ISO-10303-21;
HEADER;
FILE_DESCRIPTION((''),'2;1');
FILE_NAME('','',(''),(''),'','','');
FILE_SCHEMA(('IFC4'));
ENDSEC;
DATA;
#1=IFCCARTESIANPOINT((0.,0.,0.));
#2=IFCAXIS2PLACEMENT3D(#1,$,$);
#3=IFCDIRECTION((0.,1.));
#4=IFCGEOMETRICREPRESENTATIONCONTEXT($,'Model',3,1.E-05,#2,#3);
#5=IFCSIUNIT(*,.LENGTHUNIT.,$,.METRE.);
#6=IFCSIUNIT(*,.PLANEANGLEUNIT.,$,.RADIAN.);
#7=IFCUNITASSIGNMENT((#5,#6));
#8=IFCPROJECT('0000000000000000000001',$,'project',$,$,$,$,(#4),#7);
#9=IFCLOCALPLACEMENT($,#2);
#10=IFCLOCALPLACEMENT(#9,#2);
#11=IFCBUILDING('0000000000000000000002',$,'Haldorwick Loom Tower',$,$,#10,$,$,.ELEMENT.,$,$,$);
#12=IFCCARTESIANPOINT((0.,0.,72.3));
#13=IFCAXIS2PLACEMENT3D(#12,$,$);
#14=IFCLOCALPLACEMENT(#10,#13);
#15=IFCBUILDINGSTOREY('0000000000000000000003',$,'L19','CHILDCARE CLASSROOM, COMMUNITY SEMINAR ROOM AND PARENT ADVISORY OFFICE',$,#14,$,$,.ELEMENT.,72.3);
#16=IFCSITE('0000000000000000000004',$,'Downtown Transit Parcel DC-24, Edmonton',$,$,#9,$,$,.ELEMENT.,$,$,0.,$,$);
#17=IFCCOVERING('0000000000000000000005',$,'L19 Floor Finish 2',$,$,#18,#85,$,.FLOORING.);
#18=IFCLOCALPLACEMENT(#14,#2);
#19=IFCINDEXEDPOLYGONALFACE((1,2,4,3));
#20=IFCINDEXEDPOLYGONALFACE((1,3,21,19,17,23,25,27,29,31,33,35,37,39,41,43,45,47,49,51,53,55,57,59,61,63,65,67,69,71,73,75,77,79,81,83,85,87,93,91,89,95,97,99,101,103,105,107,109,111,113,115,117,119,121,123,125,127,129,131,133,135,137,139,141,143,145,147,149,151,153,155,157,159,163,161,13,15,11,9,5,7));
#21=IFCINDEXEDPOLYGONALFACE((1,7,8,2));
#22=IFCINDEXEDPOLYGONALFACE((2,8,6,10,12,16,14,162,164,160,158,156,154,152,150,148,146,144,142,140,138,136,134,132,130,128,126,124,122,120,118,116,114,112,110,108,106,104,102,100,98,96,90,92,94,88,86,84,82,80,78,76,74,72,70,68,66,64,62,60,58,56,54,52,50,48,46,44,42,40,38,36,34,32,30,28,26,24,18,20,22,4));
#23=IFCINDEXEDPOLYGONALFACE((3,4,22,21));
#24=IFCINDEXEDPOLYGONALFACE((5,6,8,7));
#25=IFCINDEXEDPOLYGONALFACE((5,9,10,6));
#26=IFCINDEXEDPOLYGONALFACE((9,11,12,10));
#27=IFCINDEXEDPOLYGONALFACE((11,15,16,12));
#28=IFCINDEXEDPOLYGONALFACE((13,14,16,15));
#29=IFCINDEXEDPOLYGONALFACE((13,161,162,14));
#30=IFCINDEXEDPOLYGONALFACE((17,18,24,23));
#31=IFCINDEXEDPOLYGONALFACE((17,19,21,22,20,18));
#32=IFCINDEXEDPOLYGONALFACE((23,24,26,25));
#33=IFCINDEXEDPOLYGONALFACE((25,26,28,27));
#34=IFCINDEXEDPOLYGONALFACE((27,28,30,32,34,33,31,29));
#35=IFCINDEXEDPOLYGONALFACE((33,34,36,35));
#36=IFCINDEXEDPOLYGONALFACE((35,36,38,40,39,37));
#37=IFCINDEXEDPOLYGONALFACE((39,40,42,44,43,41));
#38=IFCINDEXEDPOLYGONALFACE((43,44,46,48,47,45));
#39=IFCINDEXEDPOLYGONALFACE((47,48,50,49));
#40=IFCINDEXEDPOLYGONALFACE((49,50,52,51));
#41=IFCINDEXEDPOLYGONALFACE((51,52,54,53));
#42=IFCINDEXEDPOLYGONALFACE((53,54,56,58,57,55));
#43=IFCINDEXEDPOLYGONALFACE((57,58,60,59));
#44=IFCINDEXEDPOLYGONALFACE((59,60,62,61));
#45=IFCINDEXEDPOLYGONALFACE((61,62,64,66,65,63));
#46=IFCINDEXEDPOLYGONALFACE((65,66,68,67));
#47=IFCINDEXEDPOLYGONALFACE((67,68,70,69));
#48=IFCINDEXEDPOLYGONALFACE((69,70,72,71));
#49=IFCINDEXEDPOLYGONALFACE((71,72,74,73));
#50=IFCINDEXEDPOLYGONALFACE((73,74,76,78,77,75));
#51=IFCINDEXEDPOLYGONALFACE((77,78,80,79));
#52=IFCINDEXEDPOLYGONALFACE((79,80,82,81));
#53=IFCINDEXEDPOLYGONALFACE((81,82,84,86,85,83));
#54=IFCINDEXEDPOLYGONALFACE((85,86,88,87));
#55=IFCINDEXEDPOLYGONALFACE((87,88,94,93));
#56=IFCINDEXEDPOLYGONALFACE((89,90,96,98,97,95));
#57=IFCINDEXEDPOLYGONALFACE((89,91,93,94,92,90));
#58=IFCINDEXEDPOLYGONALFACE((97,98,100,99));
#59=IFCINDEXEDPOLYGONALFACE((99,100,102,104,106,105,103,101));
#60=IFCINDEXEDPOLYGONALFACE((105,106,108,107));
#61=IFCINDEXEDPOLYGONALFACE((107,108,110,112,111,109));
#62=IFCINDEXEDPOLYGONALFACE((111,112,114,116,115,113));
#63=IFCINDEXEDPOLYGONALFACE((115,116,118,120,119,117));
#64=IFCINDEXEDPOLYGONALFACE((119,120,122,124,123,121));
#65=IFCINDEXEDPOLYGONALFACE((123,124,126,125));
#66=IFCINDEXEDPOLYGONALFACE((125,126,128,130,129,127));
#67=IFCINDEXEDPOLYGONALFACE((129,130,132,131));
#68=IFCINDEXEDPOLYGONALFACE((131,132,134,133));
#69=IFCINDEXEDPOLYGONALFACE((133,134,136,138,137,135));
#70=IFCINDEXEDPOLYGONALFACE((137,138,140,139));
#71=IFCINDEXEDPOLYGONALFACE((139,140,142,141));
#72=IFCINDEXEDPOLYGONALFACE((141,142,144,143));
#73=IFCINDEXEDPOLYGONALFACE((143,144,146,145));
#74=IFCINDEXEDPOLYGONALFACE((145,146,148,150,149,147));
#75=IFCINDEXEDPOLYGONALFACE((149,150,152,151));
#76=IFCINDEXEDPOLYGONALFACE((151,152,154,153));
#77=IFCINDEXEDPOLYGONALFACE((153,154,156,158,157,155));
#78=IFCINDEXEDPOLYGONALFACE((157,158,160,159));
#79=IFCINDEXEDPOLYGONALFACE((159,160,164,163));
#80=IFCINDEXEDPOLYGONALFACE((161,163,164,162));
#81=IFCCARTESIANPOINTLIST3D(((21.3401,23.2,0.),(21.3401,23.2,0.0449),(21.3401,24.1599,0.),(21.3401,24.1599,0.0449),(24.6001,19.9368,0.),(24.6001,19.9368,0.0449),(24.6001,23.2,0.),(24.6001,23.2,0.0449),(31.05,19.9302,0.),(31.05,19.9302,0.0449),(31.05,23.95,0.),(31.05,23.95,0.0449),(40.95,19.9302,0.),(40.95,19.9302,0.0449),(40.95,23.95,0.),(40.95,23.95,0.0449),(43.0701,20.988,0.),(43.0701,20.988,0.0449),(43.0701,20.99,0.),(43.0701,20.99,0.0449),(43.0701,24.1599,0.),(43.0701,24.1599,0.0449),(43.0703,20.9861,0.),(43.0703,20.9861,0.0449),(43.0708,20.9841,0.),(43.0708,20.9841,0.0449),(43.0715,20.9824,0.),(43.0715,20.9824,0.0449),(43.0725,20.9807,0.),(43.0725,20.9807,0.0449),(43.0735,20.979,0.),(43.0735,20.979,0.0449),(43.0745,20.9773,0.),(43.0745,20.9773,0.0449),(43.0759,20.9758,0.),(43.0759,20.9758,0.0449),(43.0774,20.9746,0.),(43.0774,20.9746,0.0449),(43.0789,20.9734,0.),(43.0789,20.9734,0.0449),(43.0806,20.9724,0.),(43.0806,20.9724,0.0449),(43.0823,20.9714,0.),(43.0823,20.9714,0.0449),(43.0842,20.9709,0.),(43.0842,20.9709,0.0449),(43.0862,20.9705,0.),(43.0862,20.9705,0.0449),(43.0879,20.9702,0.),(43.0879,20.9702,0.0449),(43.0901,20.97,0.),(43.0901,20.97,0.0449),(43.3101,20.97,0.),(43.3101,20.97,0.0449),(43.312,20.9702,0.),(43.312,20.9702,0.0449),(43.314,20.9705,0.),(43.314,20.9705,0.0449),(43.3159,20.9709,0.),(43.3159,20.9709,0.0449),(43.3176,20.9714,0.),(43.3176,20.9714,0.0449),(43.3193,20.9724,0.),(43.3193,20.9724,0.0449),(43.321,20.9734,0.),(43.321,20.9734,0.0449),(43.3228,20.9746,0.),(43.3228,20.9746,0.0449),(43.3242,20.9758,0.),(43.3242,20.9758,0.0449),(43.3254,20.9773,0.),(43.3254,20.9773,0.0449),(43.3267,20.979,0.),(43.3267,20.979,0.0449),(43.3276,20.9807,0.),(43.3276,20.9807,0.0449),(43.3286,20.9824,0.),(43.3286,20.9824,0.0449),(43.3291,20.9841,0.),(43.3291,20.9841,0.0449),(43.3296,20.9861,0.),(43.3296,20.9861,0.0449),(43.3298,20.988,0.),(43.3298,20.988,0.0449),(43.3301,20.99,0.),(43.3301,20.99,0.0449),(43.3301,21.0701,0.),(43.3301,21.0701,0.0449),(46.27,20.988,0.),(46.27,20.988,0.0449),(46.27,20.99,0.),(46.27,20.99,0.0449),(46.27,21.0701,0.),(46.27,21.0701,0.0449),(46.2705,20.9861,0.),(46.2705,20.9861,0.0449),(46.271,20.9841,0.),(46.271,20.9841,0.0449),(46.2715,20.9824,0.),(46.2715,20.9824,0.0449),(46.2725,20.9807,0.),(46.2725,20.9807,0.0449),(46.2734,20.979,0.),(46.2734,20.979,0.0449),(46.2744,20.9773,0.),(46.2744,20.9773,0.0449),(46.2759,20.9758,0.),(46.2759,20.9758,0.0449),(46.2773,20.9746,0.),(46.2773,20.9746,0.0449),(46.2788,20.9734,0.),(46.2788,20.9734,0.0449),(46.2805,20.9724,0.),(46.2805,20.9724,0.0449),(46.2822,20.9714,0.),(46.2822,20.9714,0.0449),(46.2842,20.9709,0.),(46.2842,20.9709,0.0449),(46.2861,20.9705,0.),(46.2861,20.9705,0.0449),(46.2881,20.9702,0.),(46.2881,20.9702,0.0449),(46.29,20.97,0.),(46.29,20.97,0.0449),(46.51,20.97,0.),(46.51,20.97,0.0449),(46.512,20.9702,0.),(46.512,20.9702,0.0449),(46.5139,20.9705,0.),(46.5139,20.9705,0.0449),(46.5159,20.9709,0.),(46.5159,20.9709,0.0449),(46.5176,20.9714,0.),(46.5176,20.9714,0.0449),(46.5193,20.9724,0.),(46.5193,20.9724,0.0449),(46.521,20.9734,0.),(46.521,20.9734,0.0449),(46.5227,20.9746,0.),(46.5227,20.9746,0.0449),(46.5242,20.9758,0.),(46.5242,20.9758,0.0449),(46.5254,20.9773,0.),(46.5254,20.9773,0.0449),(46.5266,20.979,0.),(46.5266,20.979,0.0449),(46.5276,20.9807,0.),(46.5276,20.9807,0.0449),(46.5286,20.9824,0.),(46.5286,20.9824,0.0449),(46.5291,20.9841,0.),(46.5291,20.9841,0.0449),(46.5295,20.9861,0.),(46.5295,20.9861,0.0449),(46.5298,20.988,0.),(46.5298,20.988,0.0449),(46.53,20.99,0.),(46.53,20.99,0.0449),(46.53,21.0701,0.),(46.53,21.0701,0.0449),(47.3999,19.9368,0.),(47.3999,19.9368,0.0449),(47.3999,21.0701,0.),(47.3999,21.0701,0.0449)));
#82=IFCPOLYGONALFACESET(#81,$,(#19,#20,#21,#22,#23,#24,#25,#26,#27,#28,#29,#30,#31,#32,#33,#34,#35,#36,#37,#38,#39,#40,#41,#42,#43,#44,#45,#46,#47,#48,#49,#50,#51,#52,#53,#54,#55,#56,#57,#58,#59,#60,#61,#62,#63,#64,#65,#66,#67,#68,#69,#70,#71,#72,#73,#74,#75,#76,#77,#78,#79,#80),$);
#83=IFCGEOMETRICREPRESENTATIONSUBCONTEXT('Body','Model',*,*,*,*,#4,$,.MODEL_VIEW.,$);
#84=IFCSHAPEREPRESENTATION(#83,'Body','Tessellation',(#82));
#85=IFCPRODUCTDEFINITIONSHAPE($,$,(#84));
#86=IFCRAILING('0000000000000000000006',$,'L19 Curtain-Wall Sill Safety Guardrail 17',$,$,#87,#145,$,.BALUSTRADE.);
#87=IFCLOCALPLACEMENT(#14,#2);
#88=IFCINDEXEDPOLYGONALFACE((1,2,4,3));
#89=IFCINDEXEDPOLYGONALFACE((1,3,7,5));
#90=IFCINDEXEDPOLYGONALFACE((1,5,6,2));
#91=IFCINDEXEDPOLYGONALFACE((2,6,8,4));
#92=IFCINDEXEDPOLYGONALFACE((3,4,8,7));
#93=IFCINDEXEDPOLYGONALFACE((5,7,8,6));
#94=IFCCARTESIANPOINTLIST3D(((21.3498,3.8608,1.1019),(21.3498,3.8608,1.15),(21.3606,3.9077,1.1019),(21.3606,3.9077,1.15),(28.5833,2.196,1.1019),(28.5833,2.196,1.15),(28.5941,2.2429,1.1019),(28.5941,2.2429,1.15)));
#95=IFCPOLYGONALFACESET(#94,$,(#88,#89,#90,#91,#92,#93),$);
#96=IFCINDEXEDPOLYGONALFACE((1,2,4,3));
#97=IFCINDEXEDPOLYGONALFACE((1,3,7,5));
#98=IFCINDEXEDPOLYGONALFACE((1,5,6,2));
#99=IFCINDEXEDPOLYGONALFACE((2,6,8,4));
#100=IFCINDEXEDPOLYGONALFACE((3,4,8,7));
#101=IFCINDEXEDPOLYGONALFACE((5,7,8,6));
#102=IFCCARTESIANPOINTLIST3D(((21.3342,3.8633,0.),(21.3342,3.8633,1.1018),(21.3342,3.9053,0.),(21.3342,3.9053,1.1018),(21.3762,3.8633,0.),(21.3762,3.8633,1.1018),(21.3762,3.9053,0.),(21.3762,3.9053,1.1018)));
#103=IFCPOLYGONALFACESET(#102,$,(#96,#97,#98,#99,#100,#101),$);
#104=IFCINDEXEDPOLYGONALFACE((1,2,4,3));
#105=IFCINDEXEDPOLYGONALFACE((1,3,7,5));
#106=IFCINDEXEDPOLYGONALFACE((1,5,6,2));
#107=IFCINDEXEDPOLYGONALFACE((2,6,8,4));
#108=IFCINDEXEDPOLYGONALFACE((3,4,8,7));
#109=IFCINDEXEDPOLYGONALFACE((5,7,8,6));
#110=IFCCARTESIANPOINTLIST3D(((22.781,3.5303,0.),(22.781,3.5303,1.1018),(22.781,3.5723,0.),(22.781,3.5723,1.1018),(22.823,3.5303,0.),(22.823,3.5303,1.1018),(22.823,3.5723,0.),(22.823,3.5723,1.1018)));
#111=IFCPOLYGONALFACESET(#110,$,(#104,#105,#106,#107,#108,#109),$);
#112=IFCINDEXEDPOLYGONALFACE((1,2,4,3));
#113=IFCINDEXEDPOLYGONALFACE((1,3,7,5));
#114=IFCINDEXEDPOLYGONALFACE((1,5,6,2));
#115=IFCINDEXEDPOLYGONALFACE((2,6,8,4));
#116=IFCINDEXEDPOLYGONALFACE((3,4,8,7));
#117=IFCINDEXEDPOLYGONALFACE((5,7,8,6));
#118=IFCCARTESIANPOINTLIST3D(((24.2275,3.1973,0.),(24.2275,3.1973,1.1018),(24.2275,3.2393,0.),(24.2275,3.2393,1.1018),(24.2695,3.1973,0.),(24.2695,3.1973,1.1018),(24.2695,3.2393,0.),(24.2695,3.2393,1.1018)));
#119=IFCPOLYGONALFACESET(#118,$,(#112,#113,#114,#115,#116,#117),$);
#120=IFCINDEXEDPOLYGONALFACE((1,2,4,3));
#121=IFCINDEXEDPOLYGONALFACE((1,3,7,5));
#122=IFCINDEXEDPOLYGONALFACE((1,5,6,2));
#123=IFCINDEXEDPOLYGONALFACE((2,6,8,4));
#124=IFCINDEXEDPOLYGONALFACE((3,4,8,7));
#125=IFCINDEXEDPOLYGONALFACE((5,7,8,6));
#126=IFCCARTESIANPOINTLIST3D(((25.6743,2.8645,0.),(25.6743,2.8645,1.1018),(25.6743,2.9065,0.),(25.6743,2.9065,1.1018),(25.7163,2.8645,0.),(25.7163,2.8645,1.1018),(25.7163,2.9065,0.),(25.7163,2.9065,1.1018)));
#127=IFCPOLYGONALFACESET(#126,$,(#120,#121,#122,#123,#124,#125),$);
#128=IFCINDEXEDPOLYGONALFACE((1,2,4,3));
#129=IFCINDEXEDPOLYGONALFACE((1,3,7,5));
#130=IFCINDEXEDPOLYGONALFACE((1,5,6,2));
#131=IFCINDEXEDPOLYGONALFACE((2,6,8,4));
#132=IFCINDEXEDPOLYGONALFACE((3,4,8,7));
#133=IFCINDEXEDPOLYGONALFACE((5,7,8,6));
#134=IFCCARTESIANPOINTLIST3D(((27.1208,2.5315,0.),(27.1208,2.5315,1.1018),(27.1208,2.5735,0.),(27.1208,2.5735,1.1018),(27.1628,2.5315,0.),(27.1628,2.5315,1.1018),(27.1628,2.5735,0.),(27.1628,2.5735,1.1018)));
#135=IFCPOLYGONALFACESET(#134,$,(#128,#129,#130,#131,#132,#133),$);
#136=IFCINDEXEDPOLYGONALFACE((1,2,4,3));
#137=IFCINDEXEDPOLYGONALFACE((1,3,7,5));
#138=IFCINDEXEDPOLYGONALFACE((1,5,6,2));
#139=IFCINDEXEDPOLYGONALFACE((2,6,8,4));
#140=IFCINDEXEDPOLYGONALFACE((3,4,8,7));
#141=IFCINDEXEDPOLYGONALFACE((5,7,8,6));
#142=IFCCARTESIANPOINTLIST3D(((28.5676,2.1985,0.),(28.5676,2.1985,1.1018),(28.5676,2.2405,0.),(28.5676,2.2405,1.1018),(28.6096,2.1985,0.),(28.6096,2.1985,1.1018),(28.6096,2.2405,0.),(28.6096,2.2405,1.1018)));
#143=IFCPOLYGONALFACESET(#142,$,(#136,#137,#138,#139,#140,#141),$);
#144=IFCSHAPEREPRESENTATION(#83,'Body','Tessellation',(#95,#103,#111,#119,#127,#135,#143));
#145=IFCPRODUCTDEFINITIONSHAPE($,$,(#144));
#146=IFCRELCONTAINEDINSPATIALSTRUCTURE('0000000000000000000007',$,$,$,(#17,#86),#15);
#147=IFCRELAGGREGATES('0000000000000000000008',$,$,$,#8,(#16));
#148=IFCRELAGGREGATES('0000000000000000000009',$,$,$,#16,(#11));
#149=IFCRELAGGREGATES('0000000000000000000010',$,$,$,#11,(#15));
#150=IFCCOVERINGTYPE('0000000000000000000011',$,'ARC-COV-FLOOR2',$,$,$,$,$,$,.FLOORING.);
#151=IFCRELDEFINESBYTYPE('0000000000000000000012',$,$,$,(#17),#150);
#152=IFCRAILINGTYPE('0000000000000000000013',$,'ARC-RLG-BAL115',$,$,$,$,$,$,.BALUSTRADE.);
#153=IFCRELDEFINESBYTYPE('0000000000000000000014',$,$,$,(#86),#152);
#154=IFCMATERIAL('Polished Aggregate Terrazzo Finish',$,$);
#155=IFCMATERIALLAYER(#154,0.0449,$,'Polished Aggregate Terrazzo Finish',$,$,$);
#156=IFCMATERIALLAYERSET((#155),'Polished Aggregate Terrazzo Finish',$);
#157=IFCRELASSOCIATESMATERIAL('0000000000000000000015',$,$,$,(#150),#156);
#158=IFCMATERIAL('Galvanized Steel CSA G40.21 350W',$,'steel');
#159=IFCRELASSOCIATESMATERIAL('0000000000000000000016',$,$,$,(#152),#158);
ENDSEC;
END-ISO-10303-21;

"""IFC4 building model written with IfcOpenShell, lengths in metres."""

from ifc_helpers import new_model, si_unit, direction, frame, origin, origin_2d, place, context, subcontext, project, spatial, polyline, rectangle, outline, extrude, material, layer, layer_set, type_object, element, save


model = new_model("IFC4")

# Units and contexts
model_context = context("Model", 3, precision=1e-05, world=origin(), true_north=direction((0.0, 1.0)))
body_context = subcontext(model_context, "Body", "Model", "MODEL_VIEW")
ifc_project = project(units=[si_unit("LENGTHUNIT", "METRE"), si_unit("PLANEANGLEUNIT", "RADIAN")], contexts=[model_context])

# Site, building, storey
site_placement = place(None, origin())
site = spatial("IfcSite", under=ifc_project, at=site_placement, Name="Downtown Transit Parcel DC-24, Edmonton", CompositionType="ELEMENT", RefElevation=0.0)
building_placement = place(site_placement, origin())
building = spatial("IfcBuilding", under=site, at=building_placement, Name="Haldorwick Loom Tower", CompositionType="ELEMENT")
storey_placement = place(building_placement, frame((0.0, 0.0, 72.3)))
storey = spatial("IfcBuildingStorey", under=building, at=storey_placement, Name="L19", Description="CHILDCARE CLASSROOM, COMMUNITY SEMINAR ROOM AND PARENT ADVISORY OFFICE", CompositionType="ELEMENT", Elevation=72.3)

# Covering
ifc_material_1 = material(Name="Polished Aggregate Terrazzo Finish")
ifc_layer_1 = layer(ifc_material_1, 0.0449, Name="Polished Aggregate Terrazzo Finish")
ifc_layer_set_1 = layer_set([ifc_layer_1], Name="Polished Aggregate Terrazzo Finish")
covering_type_1 = type_object("IfcCoveringType", Name="ARC-COV-FLOOR2", PredefinedType="FLOORING", material=ifc_layer_set_1)
covering_1_placement = place(storey_placement, origin())
element("IfcCovering", 1, at=covering_1_placement, inside=storey, type_object=covering_type_1, Name="L19 Floor Finish 2", PredefinedType="FLOORING", context=body_context, shape_type="SweptSolid", body=[
    extrude(outline(polyline([(47.3999, 19.9368), (47.3999, 21.0701), (46.53, 21.0701), (46.53, 20.99), (46.5298, 20.988), (46.5295, 20.9861), (46.5291, 20.9841), (46.5286, 20.9824), (46.5276, 20.9807), (46.5266, 20.979), (46.5254, 20.9773), (46.5242, 20.9758), (46.5227, 20.9746), (46.521, 20.9734), (46.5193, 20.9724), (46.5176, 20.9714), (46.5159, 20.9709), (46.5139, 20.9705), (46.512, 20.9702), (46.51, 20.97), (46.29, 20.97), (46.2881, 20.9702), (46.2861, 20.9705), (46.2842, 20.9709), (46.2822, 20.9714), (46.2805, 20.9724), (46.2788, 20.9734), (46.2773, 20.9746), (46.2759, 20.9758), (46.2744, 20.9773), (46.2734, 20.979), (46.2725, 20.9807), (46.2715, 20.9824), (46.271, 20.9841), (46.2705, 20.9861), (46.27, 20.988), (46.27, 20.99), (46.27, 21.0701), (43.3301, 21.0701), (43.3301, 20.99), (43.3298, 20.988), (43.3296, 20.9861), (43.3291, 20.9841), (43.3286, 20.9824), (43.3276, 20.9807), (43.3267, 20.979), (43.3254, 20.9773), (43.3242, 20.9758), (43.3228, 20.9746), (43.321, 20.9734), (43.3193, 20.9724), (43.3176, 20.9714), (43.3159, 20.9709), (43.314, 20.9705), (43.312, 20.9702), (43.3101, 20.97), (43.0901, 20.97), (43.0879, 20.9702), (43.0862, 20.9705), (43.0842, 20.9709), (43.0823, 20.9714), (43.0806, 20.9724), (43.0789, 20.9734), (43.0774, 20.9746), (43.0759, 20.9758), (43.0745, 20.9773), (43.0735, 20.979), (43.0725, 20.9807), (43.0715, 20.9824), (43.0708, 20.9841), (43.0703, 20.9861), (43.0701, 20.988), (43.0701, 20.99), (43.0701, 24.1599), (21.3401, 24.1599), (21.3401, 23.2), (24.6001, 23.2), (24.6001, 19.9368), (31.05, 19.9302), (31.05, 23.95), (40.95, 23.95), (40.95, 19.9302), (47.3999, 19.9368)])), origin(), (0.0, 0.0, 1.0), 0.0449),
])

# Railing
ifc_material_2 = material(Name="Galvanized Steel CSA G40.21 350W", Category="steel")
railing_type = type_object("IfcRailingType", Name="ARC-RLG-BAL115", PredefinedType="BALUSTRADE", material=ifc_material_2)
railing_placement = place(storey_placement, frame((21.3552, 3.8843, 0.0)))
element("IfcRailing", 2, at=railing_placement, inside=storey, type_object=railing_type, Name="L19 Curtain-Wall Sill Safety Guardrail 17", PredefinedType="BALUSTRADE", context=body_context, shape_type="SweptSolid", body=[
    extrude(rectangle(XDim=0.0481, YDim=0.0481, at=origin_2d()), frame((0.0, 0.0, 1.126), z_axis=(0.974522, -0.22429, 0.0), x_axis=(0.22429, 0.974522, 0.0)), (0.0, 0.0, 1.0), 7.4226),
    extrude(rectangle(XDim=0.042, YDim=0.042, at=origin_2d()), origin(), (0.0, 0.0, 1.0), 1.1018),
    extrude(rectangle(XDim=0.042, YDim=0.042, at=origin_2d()), frame((1.4468, -0.333, 0.0)), (0.0, 0.0, 1.0), 1.1018),
    extrude(rectangle(XDim=0.042, YDim=0.042, at=origin_2d()), frame((2.8933, -0.666, 0.0)), (0.0, 0.0, 1.0), 1.1018),
    extrude(rectangle(XDim=0.042, YDim=0.042, at=origin_2d()), frame((4.3401, -0.9988, 0.0)), (0.0, 0.0, 1.0), 1.1018),
    extrude(rectangle(XDim=0.042, YDim=0.042, at=origin_2d()), frame((5.7866, -1.3318, 0.0)), (0.0, 0.0, 1.0), 1.1018),
    extrude(rectangle(XDim=0.042, YDim=0.042, at=origin_2d()), frame((7.2334, -1.6648, 0.0)), (0.0, 0.0, 1.0), 1.1018),
])

save(model, "model.ifc")
